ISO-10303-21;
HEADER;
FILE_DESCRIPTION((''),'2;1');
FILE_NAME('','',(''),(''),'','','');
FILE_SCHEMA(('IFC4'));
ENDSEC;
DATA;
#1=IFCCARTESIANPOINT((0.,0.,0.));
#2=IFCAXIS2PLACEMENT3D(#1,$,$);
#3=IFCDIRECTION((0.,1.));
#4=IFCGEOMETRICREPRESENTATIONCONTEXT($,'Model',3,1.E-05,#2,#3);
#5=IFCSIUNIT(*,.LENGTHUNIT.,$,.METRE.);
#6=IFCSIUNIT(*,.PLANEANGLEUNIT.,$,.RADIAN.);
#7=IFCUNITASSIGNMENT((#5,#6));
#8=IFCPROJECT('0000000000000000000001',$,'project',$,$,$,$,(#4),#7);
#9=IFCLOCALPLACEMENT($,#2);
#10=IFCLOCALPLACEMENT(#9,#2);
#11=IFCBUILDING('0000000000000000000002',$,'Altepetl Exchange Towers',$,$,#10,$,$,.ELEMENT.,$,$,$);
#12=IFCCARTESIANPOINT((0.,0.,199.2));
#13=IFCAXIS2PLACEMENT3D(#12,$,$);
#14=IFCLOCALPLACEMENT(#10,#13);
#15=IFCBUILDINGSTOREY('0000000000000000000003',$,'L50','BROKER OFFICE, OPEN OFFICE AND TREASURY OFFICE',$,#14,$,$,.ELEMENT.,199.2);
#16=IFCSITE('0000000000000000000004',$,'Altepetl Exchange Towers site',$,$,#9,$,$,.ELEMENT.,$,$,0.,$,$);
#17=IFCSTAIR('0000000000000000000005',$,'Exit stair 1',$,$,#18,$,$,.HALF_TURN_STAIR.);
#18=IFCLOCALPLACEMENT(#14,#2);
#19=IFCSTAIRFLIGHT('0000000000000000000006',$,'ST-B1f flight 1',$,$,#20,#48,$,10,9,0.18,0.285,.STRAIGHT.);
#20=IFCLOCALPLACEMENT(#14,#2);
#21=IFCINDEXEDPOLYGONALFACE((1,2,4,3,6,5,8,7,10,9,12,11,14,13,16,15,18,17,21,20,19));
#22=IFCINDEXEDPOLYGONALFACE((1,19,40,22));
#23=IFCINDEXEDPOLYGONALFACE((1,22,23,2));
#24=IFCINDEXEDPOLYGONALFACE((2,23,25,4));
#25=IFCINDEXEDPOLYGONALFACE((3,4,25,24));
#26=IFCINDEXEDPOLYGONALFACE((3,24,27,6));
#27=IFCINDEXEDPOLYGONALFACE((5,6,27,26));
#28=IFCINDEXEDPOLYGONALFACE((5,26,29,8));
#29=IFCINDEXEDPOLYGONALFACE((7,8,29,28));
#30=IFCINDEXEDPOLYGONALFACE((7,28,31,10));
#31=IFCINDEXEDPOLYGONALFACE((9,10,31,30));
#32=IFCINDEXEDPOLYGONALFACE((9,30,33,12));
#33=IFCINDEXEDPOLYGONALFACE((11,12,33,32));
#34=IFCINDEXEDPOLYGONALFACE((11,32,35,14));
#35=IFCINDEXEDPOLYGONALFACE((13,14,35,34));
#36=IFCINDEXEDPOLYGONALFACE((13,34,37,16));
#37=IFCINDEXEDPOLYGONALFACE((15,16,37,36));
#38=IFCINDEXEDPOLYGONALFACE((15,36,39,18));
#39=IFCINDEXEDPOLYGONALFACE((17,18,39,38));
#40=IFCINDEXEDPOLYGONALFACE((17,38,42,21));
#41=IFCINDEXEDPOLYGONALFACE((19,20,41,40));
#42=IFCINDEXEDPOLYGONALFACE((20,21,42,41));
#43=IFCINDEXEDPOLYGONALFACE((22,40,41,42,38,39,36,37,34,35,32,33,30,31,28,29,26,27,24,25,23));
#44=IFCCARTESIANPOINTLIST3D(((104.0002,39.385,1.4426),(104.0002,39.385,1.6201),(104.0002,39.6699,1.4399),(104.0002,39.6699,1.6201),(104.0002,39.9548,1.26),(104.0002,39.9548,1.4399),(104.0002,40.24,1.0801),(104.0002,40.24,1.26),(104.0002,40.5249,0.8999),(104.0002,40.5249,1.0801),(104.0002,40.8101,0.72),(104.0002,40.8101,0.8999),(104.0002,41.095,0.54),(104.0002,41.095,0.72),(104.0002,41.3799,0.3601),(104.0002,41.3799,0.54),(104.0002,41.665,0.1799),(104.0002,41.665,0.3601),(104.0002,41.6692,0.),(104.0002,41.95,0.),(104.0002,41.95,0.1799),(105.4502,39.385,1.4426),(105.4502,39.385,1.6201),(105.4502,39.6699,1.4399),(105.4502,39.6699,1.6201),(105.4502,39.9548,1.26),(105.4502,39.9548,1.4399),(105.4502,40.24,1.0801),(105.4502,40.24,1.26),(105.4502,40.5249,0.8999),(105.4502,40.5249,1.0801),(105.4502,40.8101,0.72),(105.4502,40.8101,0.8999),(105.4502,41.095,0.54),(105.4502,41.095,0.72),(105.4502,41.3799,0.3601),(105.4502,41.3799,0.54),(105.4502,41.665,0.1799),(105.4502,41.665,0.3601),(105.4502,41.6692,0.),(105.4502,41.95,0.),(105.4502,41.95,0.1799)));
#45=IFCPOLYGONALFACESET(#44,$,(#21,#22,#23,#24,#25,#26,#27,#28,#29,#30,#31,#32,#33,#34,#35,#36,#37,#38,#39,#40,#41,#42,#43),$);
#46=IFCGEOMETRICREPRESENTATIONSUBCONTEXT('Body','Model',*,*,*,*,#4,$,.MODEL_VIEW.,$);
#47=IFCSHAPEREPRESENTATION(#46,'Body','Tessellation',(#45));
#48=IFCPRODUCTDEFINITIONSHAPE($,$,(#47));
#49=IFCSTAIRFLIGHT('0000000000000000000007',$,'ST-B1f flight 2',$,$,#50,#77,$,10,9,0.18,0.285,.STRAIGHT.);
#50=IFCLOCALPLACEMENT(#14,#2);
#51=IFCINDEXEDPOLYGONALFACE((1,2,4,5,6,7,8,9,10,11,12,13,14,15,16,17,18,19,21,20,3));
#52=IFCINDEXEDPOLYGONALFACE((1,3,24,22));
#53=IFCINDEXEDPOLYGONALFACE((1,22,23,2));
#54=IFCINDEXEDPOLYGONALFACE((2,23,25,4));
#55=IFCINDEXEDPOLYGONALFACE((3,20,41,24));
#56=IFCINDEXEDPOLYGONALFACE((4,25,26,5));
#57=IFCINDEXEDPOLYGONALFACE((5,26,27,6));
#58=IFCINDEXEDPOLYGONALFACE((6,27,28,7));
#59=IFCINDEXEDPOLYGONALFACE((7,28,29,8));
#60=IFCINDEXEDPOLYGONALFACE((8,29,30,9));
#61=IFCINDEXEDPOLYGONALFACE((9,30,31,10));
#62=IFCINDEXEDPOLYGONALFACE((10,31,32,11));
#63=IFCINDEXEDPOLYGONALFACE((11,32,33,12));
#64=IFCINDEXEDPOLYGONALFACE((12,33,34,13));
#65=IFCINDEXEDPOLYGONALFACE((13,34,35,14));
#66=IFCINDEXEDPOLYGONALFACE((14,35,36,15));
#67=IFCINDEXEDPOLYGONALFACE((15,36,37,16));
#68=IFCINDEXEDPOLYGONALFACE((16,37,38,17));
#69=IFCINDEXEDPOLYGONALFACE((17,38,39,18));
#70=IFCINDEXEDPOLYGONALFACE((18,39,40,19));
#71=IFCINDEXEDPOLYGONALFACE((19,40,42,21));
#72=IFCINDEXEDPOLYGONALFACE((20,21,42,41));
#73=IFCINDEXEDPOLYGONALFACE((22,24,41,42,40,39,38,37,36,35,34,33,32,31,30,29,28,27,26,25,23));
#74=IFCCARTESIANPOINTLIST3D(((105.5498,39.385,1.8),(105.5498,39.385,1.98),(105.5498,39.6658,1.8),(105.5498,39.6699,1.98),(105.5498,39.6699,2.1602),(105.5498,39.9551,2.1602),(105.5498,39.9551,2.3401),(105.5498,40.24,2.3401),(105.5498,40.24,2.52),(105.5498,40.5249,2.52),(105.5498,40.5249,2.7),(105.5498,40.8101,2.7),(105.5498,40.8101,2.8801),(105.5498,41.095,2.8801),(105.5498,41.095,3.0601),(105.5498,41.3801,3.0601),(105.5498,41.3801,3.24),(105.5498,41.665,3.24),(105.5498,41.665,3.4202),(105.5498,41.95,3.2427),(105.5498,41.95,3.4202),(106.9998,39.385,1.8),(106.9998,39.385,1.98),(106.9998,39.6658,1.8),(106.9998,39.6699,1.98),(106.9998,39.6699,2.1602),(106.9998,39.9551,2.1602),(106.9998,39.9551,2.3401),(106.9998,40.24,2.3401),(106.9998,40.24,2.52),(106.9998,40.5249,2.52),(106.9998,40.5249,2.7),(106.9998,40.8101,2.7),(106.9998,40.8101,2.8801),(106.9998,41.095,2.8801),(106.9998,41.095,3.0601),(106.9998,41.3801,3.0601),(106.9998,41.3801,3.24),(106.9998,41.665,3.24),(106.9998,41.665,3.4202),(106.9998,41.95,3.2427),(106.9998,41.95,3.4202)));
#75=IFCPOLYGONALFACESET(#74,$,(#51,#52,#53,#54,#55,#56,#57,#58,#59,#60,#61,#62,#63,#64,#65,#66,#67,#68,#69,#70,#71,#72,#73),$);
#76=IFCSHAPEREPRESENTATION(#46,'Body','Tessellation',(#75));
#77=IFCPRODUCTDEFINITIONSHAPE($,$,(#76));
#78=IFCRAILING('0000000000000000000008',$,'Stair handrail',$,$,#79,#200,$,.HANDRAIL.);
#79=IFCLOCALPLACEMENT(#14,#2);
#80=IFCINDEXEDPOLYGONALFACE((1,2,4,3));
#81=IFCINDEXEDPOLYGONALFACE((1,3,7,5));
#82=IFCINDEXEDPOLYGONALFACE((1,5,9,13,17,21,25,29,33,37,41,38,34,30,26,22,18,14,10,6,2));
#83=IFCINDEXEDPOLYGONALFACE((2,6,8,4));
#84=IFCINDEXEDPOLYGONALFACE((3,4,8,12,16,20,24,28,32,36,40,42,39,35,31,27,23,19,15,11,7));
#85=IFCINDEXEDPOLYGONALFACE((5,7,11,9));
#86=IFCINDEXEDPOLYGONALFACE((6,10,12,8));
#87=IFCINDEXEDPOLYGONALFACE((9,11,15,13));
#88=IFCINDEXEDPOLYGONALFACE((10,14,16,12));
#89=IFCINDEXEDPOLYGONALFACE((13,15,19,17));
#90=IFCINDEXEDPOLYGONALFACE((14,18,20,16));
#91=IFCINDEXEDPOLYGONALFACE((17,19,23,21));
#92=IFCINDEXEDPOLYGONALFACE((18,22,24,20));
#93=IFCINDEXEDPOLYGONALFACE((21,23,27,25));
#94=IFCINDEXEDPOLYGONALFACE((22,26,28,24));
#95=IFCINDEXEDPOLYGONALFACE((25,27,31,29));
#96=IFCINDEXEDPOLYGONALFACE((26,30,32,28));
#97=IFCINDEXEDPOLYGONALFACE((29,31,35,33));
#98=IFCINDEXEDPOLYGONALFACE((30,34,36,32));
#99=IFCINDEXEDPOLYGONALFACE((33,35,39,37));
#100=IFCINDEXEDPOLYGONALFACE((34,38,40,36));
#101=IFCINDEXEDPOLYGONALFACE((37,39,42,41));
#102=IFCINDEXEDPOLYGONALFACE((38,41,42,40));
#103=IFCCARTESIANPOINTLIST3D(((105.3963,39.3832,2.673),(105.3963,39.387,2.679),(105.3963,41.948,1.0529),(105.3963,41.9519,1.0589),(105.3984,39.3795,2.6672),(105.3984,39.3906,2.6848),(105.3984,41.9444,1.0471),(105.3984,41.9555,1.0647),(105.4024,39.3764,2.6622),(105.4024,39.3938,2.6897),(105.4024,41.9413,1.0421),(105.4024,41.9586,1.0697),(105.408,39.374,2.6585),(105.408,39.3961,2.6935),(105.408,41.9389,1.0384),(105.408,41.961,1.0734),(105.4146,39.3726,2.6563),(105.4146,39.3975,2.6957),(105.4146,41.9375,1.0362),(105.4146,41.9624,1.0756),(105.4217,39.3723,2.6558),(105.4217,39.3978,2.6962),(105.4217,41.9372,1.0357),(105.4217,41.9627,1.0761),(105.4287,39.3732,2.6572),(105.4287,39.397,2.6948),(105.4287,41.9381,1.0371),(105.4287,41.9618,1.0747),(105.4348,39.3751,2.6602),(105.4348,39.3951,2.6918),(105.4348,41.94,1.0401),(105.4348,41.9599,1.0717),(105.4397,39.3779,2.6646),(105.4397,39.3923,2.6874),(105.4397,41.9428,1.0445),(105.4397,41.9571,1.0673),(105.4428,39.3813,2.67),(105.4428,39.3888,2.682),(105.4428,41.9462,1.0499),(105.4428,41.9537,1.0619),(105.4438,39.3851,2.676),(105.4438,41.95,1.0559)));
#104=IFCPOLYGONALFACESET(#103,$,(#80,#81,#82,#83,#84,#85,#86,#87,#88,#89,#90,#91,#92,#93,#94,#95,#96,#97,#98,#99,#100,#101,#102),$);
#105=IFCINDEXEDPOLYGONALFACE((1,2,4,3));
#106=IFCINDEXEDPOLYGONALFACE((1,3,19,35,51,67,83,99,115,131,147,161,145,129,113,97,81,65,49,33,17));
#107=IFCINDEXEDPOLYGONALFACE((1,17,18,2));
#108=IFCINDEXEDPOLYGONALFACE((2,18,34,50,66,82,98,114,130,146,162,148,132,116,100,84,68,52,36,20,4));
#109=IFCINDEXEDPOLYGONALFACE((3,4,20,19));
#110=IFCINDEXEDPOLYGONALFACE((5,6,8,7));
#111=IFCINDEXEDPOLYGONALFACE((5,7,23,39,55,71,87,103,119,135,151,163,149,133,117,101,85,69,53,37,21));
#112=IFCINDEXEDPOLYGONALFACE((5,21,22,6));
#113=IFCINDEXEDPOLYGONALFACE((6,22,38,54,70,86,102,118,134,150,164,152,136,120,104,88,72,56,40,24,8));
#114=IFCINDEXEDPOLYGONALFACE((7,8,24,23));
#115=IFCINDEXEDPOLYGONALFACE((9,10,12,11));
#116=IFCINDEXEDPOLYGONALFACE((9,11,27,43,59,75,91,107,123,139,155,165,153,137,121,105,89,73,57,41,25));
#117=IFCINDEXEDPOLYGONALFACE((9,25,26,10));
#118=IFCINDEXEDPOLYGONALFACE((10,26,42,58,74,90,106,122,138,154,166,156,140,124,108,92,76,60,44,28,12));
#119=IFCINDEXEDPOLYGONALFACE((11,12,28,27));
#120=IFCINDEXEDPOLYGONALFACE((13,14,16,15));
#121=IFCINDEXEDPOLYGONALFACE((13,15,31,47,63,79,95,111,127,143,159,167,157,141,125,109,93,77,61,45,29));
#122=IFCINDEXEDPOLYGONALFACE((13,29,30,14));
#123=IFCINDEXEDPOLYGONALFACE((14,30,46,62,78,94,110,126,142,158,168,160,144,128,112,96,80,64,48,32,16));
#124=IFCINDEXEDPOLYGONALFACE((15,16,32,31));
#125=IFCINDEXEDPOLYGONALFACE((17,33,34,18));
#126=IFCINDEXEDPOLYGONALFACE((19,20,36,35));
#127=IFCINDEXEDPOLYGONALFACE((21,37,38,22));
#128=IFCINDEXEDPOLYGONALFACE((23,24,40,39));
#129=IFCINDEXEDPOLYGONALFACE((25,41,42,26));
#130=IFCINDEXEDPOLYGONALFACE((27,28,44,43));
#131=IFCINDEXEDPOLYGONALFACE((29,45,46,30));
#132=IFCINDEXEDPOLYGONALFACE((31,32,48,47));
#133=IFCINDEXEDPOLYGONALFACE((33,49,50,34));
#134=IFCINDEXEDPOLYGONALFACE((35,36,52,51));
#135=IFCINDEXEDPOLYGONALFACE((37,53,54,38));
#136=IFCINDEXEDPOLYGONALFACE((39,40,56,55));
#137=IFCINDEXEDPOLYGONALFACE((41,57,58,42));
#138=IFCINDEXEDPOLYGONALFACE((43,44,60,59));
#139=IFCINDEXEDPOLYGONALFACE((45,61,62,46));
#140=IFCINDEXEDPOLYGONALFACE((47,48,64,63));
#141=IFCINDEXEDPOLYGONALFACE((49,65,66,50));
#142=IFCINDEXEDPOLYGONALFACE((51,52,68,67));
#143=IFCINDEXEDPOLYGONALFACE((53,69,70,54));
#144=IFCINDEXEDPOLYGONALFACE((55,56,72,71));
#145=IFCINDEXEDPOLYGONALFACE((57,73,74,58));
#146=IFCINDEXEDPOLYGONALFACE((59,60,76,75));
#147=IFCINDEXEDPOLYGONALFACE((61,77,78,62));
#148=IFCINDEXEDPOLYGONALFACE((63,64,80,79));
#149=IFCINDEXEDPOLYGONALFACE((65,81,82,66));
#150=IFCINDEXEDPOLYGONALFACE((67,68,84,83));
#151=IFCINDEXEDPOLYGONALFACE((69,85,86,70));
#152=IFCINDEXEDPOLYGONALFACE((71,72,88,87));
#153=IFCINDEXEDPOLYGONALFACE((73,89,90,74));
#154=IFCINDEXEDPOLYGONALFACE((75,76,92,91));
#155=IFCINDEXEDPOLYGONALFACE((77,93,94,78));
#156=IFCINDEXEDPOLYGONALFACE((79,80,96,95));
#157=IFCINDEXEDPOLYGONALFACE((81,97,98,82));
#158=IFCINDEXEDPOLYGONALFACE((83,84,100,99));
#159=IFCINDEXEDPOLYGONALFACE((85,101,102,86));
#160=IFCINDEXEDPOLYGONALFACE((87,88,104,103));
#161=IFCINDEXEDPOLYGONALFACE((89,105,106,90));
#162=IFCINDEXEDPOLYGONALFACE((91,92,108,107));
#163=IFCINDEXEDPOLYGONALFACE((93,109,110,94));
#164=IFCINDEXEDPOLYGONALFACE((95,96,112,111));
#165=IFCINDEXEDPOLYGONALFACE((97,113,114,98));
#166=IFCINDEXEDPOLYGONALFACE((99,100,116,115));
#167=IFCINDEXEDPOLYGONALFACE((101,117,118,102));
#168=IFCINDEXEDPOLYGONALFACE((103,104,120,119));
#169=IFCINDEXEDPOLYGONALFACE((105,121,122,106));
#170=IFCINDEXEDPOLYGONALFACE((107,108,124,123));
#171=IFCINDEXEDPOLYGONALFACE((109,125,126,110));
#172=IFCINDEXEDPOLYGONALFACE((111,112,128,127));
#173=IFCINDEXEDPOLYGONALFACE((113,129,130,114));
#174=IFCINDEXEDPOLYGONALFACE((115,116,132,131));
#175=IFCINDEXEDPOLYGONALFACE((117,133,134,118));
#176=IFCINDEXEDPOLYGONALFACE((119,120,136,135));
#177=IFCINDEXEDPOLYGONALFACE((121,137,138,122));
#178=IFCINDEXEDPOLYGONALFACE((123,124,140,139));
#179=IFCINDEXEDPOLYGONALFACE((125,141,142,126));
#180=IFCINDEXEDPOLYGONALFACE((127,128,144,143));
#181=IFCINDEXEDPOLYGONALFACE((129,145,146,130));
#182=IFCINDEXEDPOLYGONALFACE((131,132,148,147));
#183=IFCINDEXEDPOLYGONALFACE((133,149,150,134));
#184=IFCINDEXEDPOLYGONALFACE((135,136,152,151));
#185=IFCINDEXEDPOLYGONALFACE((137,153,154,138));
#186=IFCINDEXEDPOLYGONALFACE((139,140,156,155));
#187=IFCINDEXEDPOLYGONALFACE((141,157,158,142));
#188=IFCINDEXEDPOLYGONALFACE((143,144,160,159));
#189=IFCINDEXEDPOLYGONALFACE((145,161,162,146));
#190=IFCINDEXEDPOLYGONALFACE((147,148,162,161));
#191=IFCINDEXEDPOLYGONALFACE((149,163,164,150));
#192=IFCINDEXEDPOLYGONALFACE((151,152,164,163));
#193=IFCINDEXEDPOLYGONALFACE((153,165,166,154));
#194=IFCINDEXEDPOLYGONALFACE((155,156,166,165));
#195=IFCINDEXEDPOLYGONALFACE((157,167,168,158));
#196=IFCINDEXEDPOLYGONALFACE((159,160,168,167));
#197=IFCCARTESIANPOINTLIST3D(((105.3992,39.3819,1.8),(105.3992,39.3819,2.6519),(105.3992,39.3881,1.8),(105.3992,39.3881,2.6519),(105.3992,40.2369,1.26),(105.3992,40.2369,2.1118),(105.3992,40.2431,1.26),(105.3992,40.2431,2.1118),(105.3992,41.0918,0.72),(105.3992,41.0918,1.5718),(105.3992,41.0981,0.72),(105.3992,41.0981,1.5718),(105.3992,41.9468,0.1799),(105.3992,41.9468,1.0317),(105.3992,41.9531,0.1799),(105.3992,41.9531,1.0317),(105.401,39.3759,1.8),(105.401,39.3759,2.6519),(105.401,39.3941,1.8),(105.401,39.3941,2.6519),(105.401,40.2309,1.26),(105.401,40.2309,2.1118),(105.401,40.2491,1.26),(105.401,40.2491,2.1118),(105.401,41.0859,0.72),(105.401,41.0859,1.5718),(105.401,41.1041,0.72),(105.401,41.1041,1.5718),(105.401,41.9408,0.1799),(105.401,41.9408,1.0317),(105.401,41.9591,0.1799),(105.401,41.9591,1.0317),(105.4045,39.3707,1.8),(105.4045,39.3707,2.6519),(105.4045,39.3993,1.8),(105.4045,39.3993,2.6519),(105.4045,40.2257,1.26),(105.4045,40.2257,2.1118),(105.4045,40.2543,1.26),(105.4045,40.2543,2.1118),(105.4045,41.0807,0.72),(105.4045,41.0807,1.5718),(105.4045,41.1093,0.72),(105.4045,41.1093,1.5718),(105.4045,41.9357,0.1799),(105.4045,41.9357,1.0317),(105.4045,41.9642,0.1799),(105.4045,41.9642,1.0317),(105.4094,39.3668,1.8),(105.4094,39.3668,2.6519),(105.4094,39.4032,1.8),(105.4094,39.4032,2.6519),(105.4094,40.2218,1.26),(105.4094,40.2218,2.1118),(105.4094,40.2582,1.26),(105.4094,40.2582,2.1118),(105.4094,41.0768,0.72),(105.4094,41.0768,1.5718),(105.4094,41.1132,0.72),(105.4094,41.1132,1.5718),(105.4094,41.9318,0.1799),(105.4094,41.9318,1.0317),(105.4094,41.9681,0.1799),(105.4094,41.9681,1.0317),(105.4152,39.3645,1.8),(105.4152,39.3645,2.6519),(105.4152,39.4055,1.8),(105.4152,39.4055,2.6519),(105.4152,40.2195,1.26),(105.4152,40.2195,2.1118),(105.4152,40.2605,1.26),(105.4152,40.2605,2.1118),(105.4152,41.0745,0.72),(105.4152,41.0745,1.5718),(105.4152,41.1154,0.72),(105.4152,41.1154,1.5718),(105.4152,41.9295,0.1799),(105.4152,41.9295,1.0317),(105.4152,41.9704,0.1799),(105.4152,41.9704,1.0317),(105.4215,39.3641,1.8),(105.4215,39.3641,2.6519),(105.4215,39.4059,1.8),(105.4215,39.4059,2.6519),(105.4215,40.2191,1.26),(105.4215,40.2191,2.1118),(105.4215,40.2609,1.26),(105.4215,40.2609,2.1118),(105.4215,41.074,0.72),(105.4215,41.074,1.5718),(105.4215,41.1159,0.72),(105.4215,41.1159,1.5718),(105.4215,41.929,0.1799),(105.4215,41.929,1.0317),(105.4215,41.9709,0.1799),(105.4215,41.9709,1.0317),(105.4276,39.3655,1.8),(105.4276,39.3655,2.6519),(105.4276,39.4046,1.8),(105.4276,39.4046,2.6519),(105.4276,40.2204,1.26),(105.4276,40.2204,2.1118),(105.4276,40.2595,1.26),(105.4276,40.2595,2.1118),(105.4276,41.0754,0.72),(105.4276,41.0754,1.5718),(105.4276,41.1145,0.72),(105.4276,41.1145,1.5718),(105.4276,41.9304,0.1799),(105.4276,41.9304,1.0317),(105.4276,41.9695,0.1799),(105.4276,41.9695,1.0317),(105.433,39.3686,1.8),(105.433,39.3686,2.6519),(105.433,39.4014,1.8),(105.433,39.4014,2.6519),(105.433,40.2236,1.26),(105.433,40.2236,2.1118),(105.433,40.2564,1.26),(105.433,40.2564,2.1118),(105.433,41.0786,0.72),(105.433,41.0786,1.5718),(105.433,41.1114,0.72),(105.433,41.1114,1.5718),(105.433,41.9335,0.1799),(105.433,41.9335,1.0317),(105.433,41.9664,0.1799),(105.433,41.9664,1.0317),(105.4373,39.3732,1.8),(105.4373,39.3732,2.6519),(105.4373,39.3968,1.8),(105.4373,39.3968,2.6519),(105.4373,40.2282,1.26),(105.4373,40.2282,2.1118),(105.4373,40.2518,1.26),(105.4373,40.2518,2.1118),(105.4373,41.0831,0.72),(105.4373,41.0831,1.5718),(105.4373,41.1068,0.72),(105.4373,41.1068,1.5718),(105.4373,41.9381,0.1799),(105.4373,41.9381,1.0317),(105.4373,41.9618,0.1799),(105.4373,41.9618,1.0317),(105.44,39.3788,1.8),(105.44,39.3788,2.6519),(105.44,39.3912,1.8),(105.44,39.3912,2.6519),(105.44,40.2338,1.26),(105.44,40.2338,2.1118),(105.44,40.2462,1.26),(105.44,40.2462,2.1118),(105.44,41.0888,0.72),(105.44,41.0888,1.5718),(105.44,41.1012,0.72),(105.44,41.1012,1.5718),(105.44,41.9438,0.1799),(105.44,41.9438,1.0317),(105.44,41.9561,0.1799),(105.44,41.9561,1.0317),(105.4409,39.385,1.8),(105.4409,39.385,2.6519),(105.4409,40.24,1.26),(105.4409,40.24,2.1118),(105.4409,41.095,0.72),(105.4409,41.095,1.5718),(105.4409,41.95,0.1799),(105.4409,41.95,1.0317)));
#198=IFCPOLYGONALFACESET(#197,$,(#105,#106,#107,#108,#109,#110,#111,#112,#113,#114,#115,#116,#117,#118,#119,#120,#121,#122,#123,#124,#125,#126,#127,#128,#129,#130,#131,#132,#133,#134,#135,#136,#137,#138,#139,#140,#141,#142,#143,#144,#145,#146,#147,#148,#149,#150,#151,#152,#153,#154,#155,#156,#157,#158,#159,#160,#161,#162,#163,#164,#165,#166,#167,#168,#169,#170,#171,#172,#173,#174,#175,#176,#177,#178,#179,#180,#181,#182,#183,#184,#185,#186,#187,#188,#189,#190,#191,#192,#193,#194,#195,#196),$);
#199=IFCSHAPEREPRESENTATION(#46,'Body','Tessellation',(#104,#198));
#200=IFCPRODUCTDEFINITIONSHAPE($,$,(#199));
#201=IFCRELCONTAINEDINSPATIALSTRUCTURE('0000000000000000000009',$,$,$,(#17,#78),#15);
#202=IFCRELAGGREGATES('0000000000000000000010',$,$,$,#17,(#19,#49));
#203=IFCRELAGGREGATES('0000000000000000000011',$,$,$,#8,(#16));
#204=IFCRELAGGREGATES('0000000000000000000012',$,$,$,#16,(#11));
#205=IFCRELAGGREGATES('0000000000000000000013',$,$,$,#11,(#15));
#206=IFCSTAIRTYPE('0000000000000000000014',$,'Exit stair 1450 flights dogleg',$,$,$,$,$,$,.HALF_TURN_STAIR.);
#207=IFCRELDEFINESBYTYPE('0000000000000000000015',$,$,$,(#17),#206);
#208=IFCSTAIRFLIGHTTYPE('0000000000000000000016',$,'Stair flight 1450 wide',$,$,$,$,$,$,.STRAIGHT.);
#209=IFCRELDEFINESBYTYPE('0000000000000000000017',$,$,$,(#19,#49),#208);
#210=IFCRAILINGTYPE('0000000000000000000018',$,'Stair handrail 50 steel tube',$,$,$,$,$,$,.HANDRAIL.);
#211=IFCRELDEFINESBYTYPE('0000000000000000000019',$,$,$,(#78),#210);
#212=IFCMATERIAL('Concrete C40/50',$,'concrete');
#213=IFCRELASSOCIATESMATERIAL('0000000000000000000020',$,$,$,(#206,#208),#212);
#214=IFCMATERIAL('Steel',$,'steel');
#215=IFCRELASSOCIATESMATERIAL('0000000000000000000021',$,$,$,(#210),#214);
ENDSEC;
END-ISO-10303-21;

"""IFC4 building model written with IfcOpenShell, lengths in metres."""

from ifc_helpers import new_model, si_unit, direction, frame, origin, origin_2d, place, context, subcontext, project, spatial, polyline, circle, outline, extrude, source, transform, mapped, material, type_object, element, aggregate, save


model = new_model("IFC4")

# Units and contexts
model_context = context("Model", 3, precision=1e-05, world=origin(), true_north=direction((0.0, 1.0)))
body_context = subcontext(model_context, "Body", "Model", "MODEL_VIEW")
ifc_project = project(units=[si_unit("LENGTHUNIT", "METRE"), si_unit("PLANEANGLEUNIT", "RADIAN")], contexts=[model_context])

# Site, building, storey
site_placement = place(None, origin())
site = spatial("IfcSite", under=ifc_project, at=site_placement, Name="Altepetl Exchange Towers site", CompositionType="ELEMENT", RefElevation=0.0)
building_placement = place(site_placement, origin())
building = spatial("IfcBuilding", under=site, at=building_placement, Name="Altepetl Exchange Towers", CompositionType="ELEMENT")
storey_placement = place(building_placement, frame((0.0, 0.0, 199.2)))
storey = spatial("IfcBuildingStorey", under=building, at=storey_placement, Name="L50", Description="BROKER OFFICE, OPEN OFFICE AND TREASURY OFFICE", CompositionType="ELEMENT", Elevation=199.2)

# Shared definitions
ifc_material_1 = material(Name="Concrete C40/50", Category="concrete")

# Stair, stair flights
stair_type = type_object("IfcStairType", Name="Exit stair 1450 flights dogleg", PredefinedType="HALF_TURN_STAIR", material=ifc_material_1)
stair_placement = place(storey_placement, origin())
stair = element("IfcStair", 1, at=stair_placement, inside=storey, type_object=stair_type, Name="Exit stair 1", PredefinedType="HALF_TURN_STAIR")
stair_flight_type = type_object("IfcStairFlightType", Name="Stair flight 1450 wide", PredefinedType="STRAIGHT", material=ifc_material_1)
stair_flight_1_placement = place(storey_placement, frame((104.7251, 41.95, 0.0), z_axis=(0.0, 0.0, 1.0), x_axis=(0.0, -1.0, 0.0)))
stair_flight_1 = element("IfcStairFlight", 2, at=stair_flight_1_placement, type_object=stair_flight_type, Name="ST-B1f flight 1", NumberOfRisers=10, NumberOfTreads=9, PredefinedType="STRAIGHT", RiserHeight=0.18, TreadLength=0.285, context=body_context, shape_type="SweptSolid", body=[
    extrude(outline(polyline([(0.0, 0.0), (0.0, 0.1799), (0.2849, 0.1799), (0.2849, 0.3601), (0.5701, 0.3601), (0.5701, 0.54), (0.855, 0.54), (0.855, 0.72), (1.1399, 0.72), (1.1399, 0.8999), (1.425, 0.8999), (1.425, 1.0801), (1.71, 1.0801), (1.71, 1.26), (1.9951, 1.26), (1.9951, 1.4399), (2.28, 1.4399), (2.28, 1.6201), (2.5649, 1.6201), (2.5649, 1.8), (2.5649, 1.4426), (0.2808, 0.0), (0.0, 0.0)])), frame((0.0, 0.7251, 0.0), z_axis=(0.0, -1.0, 0.0), x_axis=(1.0, 0.0, 0.0)), (0.0, 0.0, 1.0), 1.45),
])
stair_flight_2_placement = place(storey_placement, frame((106.2749, 39.385, 1.8), z_axis=(0.0, 0.0, 1.0), x_axis=(0.0, 1.0, 0.0)))
stair_flight_2 = element("IfcStairFlight", 3, at=stair_flight_2_placement, type_object=stair_flight_type, Name="ST-B1f flight 2", NumberOfRisers=10, NumberOfTreads=9, PredefinedType="STRAIGHT", RiserHeight=0.18, TreadLength=0.285, context=body_context, shape_type="SweptSolid", body=[
    extrude(outline(polyline([(0.0, 0.0), (0.0, 0.1799), (0.2849, 0.1799), (0.2849, 0.3601), (0.5701, 0.3601), (0.5701, 0.54), (0.855, 0.54), (0.855, 0.72), (1.1399, 0.72), (1.1399, 0.8999), (1.425, 0.8999), (1.425, 1.0801), (1.71, 1.0801), (1.71, 1.26), (1.9951, 1.26), (1.9951, 1.4399), (2.28, 1.4399), (2.28, 1.6201), (2.5649, 1.6201), (2.5649, 1.8), (2.5649, 1.4426), (0.2808, 0.0), (0.0, 0.0)])), frame((0.0, 0.7251, 0.0), z_axis=(0.0, -1.0, 0.0), x_axis=(1.0, 0.0, 0.0)), (0.0, 0.0, 1.0), 1.45),
])
aggregate(stair, [stair_flight_1, stair_flight_2])

# Railing
ifc_material_2 = material(Name="Steel", Category="steel")
railing_type = type_object("IfcRailingType", Name="Stair handrail 50 steel tube", PredefinedType="HANDRAIL", material=ifc_material_2)
shared_shape = source(origin(), body_context, "Body", "SweptSolid", [
    extrude(circle(Radius=0.021, at=origin_2d()), origin(), (0.0, 0.0, 1.0), 0.8518),
])
railing_1_placement = place(storey_placement, frame((105.4199, 41.95, 0.1799)))
element("IfcRailing", 4, at=railing_1_placement, inside=storey, type_object=railing_type, Name="Stair handrail", PredefinedType="HANDRAIL", context=body_context, shape_type="SweptSolid", body=[
    extrude(circle(Radius=0.0239, at=origin_2d()), frame((0.0, 0.0, 0.876), z_axis=(0.0, -0.845466, 0.534029), x_axis=(1.0, 0.0, 0.0)), (0.0, 0.0, 1.0), 3.0337),
    mapped(shared_shape, transform((0.0, 0.0, 0.0))),
    mapped(shared_shape, transform((0.0, -0.855, 0.54))),
    mapped(shared_shape, transform((0.0, -1.71, 1.0801))),
    mapped(shared_shape, transform((0.0, -2.5649, 1.6201))),
])

save(model, "model.ifc")
